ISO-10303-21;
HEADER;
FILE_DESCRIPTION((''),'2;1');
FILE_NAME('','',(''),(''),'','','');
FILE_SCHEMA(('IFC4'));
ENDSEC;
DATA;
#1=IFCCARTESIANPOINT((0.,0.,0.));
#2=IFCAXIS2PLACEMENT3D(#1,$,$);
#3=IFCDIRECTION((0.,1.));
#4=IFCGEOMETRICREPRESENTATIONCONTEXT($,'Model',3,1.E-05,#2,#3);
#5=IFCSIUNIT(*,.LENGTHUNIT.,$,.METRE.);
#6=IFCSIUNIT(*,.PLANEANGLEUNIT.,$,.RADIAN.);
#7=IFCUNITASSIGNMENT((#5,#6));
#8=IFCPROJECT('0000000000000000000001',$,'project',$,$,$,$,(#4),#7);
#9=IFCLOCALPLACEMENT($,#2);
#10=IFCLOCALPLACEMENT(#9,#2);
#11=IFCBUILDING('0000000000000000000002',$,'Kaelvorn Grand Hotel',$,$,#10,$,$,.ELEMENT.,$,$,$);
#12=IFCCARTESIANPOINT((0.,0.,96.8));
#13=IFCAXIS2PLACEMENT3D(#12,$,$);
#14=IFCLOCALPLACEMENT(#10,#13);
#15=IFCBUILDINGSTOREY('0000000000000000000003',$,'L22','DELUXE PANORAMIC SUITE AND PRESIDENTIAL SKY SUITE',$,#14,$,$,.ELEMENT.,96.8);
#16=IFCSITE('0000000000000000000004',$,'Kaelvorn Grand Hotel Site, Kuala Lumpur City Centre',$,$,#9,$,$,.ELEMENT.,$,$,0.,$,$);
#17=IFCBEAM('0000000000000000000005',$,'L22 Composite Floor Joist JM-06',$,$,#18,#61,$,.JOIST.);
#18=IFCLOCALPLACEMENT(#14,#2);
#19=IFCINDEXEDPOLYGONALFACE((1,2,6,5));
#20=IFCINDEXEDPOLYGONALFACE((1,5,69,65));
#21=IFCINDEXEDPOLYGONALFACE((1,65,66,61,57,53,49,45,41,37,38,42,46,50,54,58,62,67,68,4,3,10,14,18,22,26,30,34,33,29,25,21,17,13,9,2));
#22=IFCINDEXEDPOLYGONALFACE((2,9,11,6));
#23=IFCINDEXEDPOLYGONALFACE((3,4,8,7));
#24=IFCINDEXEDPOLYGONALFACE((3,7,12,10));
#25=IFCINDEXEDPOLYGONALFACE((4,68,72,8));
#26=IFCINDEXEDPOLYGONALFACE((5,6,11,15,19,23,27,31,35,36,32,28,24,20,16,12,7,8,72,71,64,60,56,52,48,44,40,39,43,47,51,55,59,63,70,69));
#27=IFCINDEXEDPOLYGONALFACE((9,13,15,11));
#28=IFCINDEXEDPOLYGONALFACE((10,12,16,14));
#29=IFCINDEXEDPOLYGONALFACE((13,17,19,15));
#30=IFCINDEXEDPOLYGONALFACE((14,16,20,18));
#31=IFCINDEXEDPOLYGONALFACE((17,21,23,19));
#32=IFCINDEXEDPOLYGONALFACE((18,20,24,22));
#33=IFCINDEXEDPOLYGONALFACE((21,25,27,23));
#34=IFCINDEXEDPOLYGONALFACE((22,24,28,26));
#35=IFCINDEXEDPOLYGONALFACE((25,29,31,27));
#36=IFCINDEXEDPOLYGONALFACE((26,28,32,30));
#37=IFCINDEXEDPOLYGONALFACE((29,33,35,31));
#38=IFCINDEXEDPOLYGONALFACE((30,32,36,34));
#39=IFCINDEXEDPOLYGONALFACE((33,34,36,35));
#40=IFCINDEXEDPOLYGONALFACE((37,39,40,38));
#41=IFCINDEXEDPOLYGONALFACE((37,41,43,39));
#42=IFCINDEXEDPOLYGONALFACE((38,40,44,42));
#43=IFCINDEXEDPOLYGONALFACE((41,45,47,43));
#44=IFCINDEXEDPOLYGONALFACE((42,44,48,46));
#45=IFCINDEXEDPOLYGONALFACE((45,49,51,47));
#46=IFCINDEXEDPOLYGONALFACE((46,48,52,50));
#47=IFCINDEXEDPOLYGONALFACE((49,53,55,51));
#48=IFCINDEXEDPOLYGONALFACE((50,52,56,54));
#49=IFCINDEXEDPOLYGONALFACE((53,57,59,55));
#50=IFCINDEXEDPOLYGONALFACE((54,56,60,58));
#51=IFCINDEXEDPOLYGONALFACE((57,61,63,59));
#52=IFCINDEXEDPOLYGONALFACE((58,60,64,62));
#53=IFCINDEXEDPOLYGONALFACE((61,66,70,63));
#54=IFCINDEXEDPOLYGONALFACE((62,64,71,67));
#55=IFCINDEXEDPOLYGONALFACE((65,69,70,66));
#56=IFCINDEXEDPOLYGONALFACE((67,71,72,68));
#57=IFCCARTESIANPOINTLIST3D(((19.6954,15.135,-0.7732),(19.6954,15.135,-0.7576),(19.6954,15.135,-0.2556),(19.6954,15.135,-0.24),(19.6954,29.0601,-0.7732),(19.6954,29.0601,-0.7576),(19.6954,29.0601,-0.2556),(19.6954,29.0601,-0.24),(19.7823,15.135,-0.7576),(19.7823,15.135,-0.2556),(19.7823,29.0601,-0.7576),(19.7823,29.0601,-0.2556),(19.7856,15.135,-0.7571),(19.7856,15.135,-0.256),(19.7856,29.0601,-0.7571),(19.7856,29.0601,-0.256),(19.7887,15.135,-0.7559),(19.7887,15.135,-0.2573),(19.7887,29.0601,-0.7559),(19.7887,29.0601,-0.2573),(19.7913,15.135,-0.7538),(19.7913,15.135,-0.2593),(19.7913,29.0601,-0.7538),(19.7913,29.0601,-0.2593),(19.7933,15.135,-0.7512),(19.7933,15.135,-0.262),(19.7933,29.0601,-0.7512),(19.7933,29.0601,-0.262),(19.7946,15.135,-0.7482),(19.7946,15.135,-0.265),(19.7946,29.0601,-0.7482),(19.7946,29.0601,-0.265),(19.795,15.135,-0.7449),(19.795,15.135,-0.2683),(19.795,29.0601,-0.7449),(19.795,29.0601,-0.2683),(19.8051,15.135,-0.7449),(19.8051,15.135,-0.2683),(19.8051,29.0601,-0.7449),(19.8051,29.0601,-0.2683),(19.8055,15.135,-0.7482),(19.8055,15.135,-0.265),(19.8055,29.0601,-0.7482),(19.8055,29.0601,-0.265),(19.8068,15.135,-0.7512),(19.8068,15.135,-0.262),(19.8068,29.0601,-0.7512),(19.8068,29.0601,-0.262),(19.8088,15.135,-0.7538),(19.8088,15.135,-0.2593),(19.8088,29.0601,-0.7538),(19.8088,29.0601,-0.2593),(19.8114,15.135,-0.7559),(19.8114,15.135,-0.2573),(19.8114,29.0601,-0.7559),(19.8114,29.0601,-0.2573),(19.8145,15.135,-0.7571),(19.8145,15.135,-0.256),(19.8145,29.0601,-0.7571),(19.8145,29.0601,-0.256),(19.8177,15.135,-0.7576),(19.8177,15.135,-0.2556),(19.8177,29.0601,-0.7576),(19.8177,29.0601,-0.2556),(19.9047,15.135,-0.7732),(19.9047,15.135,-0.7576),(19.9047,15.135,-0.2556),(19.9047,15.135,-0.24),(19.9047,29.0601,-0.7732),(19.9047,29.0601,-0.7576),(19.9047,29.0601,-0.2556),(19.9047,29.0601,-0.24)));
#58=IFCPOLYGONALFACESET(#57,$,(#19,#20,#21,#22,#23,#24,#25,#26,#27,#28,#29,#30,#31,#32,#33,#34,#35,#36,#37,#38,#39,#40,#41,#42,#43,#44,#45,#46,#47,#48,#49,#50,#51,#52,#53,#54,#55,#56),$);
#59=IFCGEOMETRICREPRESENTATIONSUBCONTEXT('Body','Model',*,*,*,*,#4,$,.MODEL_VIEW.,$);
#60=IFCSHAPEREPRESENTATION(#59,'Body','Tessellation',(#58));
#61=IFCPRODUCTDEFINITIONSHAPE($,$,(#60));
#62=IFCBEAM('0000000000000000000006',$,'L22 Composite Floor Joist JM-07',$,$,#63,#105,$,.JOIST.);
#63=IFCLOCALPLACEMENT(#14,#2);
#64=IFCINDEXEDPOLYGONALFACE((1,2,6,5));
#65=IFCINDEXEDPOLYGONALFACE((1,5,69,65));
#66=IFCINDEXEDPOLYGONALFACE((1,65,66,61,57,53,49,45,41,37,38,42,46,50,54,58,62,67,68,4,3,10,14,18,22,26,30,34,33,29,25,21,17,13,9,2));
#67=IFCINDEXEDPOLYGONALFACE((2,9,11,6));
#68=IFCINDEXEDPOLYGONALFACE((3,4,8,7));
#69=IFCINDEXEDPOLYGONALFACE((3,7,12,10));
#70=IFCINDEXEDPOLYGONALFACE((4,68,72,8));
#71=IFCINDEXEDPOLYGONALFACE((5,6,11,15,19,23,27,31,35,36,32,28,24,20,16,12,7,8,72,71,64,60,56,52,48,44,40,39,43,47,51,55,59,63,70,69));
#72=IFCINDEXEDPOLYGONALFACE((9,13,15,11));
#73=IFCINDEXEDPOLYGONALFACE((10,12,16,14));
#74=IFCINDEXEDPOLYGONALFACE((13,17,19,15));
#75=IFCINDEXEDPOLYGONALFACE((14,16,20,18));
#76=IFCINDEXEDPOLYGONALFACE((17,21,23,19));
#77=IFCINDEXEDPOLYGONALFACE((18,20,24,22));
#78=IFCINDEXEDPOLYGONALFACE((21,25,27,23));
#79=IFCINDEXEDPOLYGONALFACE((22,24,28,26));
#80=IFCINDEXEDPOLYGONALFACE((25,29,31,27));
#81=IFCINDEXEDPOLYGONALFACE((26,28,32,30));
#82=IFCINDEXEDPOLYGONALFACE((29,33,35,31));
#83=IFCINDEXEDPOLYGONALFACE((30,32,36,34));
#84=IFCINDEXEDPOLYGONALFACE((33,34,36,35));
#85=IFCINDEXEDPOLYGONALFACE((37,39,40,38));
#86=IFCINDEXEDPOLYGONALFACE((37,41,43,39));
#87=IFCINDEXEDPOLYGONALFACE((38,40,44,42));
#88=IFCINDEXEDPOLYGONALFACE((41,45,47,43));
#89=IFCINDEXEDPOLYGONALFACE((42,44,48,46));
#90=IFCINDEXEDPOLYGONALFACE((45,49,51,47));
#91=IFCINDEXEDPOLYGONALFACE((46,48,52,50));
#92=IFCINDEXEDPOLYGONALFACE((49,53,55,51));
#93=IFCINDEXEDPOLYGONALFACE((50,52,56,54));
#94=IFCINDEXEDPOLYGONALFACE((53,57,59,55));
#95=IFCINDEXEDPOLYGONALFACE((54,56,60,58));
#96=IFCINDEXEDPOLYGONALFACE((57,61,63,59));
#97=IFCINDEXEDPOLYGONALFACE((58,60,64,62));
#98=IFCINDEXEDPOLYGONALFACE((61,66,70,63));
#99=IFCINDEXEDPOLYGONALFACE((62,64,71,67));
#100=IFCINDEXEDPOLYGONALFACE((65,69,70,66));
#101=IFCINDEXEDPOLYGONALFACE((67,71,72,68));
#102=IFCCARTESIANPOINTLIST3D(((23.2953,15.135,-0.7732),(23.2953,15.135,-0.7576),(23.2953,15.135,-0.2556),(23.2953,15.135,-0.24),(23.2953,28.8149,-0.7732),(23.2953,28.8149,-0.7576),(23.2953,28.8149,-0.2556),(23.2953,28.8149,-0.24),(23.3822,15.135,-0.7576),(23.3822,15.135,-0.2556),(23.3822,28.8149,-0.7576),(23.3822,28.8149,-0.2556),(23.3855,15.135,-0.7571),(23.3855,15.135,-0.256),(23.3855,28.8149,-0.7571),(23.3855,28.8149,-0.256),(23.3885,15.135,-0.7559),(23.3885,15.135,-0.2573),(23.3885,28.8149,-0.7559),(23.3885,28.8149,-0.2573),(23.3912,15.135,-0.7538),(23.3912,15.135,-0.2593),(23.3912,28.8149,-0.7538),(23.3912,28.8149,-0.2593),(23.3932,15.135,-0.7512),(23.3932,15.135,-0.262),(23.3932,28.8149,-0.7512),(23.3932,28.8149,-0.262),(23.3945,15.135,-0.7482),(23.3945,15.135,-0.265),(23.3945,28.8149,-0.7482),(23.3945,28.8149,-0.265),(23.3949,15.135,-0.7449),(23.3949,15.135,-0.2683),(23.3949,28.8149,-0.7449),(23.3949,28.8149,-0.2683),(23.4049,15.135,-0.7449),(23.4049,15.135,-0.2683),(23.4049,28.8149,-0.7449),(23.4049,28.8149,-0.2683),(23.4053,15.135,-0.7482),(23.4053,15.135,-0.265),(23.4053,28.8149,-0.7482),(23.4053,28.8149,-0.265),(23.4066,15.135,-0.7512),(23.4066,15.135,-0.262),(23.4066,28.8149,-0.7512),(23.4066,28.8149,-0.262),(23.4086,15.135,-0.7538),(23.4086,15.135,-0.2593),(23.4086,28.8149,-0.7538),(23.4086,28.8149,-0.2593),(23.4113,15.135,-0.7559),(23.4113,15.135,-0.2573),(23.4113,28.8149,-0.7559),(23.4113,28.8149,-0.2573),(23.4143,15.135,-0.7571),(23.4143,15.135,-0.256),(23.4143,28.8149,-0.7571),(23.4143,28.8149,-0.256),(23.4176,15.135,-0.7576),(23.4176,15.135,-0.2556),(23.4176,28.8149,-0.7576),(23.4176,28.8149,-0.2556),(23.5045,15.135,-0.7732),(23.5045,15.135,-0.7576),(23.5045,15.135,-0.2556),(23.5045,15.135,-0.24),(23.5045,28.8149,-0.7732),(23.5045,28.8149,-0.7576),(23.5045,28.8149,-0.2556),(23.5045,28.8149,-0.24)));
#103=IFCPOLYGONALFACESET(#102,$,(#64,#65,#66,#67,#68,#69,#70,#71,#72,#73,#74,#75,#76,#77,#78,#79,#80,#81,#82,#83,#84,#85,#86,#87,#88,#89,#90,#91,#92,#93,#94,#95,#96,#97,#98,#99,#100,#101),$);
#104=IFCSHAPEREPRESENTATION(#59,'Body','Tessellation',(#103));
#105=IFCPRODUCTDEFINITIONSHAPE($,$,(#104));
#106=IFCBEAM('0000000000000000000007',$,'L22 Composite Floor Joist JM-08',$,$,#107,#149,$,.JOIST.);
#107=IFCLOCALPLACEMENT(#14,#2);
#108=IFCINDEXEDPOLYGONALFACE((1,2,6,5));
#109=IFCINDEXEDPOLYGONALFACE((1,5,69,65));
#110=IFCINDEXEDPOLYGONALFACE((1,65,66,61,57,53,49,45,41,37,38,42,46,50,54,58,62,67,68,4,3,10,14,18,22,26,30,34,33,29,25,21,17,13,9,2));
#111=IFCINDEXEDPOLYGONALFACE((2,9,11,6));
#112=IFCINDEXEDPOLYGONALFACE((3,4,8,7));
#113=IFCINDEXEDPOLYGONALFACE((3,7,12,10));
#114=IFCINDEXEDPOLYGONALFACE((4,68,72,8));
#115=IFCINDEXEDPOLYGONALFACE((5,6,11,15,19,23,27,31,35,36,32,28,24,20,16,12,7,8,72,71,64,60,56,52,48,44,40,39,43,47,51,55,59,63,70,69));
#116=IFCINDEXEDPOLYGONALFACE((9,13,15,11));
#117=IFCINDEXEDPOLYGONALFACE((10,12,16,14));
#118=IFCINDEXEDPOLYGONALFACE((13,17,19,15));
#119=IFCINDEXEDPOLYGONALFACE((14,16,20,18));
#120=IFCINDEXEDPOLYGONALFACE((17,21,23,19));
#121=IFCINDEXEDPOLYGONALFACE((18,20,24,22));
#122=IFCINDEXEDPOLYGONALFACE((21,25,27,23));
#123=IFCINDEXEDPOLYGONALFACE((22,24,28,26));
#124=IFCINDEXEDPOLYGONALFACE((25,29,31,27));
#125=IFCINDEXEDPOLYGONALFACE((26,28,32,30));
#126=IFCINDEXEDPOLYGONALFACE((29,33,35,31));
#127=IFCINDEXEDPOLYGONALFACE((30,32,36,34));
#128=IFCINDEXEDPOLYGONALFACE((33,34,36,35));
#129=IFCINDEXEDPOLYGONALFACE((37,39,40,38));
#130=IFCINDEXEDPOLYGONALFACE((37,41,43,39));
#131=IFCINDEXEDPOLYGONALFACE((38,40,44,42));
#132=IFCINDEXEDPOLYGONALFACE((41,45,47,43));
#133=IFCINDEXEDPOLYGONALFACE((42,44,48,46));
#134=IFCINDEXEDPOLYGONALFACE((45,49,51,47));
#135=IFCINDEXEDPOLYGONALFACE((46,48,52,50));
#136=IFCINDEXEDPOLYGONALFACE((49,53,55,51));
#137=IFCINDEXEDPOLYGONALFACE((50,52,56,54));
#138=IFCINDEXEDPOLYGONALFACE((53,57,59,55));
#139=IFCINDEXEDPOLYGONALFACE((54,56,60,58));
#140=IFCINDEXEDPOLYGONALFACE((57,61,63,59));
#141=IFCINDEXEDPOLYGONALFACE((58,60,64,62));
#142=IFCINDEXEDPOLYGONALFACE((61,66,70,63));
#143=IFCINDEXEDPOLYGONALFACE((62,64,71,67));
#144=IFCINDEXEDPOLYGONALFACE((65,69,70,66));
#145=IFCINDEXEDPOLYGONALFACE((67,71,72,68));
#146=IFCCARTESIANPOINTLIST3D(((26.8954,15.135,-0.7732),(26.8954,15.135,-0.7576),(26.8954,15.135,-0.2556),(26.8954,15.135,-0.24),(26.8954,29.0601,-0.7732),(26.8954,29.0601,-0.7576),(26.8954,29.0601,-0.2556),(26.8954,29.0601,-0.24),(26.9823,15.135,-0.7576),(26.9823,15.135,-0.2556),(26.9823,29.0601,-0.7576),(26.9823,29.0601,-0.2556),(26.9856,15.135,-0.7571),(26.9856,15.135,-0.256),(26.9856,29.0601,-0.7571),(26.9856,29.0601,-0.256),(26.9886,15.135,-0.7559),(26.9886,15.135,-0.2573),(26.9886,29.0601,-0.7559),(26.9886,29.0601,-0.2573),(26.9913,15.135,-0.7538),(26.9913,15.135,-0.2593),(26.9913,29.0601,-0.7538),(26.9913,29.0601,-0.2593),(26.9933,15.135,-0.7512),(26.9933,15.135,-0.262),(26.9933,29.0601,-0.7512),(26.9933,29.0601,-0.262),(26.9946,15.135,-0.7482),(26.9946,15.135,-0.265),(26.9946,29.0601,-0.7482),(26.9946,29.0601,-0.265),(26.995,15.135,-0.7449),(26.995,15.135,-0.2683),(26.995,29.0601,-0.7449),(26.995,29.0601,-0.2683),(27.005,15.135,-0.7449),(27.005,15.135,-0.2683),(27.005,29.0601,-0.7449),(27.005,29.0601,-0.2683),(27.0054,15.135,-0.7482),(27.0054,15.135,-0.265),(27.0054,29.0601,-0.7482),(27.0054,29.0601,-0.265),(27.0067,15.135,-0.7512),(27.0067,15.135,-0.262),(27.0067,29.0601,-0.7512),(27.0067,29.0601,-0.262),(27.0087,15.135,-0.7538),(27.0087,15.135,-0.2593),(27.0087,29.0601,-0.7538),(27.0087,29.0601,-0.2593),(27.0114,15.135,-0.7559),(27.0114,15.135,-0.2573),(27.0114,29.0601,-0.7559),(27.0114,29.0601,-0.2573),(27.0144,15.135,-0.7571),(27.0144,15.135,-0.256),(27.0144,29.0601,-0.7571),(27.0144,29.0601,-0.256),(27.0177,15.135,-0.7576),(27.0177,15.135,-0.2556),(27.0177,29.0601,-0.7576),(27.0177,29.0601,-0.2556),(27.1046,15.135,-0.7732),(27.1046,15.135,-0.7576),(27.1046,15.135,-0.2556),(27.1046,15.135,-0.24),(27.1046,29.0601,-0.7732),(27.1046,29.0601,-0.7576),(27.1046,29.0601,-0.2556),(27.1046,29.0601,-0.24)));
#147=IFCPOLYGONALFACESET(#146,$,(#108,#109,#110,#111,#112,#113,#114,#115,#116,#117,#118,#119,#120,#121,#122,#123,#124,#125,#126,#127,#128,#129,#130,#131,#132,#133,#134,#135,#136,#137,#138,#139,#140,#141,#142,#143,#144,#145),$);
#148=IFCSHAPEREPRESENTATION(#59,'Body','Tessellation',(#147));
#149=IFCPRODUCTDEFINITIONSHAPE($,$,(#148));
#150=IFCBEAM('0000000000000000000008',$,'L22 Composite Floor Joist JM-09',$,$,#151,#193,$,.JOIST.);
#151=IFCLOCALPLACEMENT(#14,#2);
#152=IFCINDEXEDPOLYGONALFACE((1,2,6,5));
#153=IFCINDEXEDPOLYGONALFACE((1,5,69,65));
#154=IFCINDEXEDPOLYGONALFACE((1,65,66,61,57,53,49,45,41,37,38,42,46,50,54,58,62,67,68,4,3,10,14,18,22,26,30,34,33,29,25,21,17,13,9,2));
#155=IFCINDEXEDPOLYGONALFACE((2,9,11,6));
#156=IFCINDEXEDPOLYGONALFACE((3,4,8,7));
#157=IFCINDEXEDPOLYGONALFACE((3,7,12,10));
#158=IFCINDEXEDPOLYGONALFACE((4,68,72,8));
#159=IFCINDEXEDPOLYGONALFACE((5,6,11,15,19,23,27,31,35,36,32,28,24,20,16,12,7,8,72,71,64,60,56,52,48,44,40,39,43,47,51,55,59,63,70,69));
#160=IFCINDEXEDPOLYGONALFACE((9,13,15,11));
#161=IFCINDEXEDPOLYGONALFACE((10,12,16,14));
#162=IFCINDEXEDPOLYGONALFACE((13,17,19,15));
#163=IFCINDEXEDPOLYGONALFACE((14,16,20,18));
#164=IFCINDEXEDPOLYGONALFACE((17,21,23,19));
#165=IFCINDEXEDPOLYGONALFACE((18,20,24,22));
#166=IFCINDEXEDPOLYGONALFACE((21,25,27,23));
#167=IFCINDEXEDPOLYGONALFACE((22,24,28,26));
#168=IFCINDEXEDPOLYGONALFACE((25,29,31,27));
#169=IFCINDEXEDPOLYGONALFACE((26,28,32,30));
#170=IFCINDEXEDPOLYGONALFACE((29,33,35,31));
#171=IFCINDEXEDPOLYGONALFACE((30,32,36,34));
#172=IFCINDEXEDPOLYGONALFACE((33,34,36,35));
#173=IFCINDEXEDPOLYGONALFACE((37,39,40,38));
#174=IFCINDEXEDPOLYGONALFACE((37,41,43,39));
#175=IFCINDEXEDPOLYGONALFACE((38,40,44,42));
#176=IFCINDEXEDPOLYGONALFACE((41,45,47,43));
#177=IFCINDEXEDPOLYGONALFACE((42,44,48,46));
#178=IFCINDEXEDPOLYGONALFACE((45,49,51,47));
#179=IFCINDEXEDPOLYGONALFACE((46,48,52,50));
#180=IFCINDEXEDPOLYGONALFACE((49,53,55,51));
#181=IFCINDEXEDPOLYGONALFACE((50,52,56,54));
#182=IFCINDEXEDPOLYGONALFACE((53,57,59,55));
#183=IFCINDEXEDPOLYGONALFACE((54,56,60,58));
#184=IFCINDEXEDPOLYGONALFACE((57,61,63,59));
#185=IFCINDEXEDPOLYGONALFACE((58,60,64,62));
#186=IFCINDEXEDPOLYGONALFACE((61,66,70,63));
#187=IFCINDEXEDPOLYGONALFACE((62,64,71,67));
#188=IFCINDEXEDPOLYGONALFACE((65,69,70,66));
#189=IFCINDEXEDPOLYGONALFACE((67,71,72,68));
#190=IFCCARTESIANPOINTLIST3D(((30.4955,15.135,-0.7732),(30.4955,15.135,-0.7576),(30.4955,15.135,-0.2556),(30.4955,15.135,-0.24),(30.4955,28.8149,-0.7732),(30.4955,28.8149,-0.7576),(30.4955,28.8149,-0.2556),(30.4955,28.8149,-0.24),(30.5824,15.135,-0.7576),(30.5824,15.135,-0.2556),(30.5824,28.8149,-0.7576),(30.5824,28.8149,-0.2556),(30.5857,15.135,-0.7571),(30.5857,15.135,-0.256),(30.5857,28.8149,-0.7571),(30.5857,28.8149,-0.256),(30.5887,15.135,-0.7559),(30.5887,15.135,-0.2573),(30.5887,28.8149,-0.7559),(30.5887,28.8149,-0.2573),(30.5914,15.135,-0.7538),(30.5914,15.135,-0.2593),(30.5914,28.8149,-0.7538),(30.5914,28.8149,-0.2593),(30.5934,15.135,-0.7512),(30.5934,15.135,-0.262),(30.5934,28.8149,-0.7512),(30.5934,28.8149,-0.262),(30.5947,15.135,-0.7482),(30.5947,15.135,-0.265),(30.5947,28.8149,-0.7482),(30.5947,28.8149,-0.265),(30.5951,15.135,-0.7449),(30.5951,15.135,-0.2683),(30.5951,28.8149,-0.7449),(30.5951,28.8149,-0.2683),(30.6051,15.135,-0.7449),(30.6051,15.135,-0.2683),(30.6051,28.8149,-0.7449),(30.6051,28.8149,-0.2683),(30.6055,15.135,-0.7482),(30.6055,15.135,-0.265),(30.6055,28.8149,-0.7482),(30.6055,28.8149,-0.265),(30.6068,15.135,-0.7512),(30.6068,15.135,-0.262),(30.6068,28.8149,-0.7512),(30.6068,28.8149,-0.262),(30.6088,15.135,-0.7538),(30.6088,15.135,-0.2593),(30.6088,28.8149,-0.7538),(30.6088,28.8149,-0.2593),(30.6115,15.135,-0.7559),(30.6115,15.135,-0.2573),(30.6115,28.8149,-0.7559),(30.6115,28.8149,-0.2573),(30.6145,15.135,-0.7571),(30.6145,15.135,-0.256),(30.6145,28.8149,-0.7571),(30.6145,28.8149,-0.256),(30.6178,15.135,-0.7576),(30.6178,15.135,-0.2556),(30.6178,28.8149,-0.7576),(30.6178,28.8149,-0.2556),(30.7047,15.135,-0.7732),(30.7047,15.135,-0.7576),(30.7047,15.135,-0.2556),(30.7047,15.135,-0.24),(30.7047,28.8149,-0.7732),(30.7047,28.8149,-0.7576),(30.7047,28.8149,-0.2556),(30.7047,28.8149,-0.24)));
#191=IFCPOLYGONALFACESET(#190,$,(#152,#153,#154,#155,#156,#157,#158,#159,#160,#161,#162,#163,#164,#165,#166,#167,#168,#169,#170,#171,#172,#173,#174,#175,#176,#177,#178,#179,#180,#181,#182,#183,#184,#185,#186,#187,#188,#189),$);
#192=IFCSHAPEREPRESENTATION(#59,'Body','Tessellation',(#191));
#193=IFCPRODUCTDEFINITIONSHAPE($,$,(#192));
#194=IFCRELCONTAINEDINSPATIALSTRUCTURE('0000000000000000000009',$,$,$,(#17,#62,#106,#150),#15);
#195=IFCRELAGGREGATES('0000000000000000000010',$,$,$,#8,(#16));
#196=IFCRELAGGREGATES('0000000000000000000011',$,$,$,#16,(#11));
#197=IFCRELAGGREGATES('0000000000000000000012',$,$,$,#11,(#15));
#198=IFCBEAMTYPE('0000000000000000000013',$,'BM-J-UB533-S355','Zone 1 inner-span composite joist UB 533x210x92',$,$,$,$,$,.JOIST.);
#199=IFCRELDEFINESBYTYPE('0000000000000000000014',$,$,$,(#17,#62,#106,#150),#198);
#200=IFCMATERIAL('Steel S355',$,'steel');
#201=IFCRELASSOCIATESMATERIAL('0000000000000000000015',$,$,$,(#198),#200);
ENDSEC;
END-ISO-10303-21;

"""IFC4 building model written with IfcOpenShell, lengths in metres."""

from ifc_helpers import new_model, si_unit, direction, frame, origin, origin_2d, place, context, subcontext, project, spatial, i_section, extrude, material, material_profile, profile_set, type_object, element, save


model = new_model("IFC4")

# Units and contexts
model_context = context("Model", 3, precision=1e-05, world=origin(), true_north=direction((0.0, 1.0)))
body_context = subcontext(model_context, "Body", "Model", "MODEL_VIEW")
ifc_project = project(units=[si_unit("LENGTHUNIT", "METRE"), si_unit("PLANEANGLEUNIT", "RADIAN")], contexts=[model_context])

# Site, building, storey
site_placement = place(None, origin())
site = spatial("IfcSite", under=ifc_project, at=site_placement, Name="Kaelvorn Grand Hotel Site, Kuala Lumpur City Centre", CompositionType="ELEMENT", RefElevation=0.0)
building_placement = place(site_placement, origin())
building = spatial("IfcBuilding", under=site, at=building_placement, Name="Kaelvorn Grand Hotel", CompositionType="ELEMENT")
storey_placement = place(building_placement, frame((0.0, 0.0, 96.8)))
storey = spatial("IfcBuildingStorey", under=building, at=storey_placement, Name="L22", Description="DELUXE PANORAMIC SUITE AND PRESIDENTIAL SKY SUITE", CompositionType="ELEMENT", Elevation=96.8)

# Beams
ifc_material_1 = material(Name="Steel S355", Category="steel")
ifc_material_profile_1 = material_profile(ifc_material_1, i_section(OverallWidth=0.2092, OverallDepth=0.5332, WebThickness=0.01, FlangeThickness=0.0156, FilletRadius=0.0127, at=origin_2d()), Name="UB 533x210x92")
ifc_profile_set_1 = profile_set([ifc_material_profile_1], Name="Steel S355")
beam_type_1 = type_object("IfcBeamType", Name="BM-J-UB533-S355", Description="Zone 1 inner-span composite joist UB 533x210x92", PredefinedType="JOIST", material=ifc_profile_set_1)
beam_1_placement = place(storey_placement, frame((19.8, 15.135, -0.5066), z_axis=(0.0, 1.0, 0.0), x_axis=(-1.0, 0.0, 0.0)))
element("IfcBeam", 1, at=beam_1_placement, inside=storey, type_object=beam_type_1, Name="L22 Composite Floor Joist JM-06", PredefinedType="JOIST", context=body_context, shape_type="SweptSolid", body=[
    extrude(i_section(OverallWidth=0.2092, OverallDepth=0.5332, WebThickness=0.01, FlangeThickness=0.0156, FilletRadius=0.0127, at=origin_2d()), origin(), (0.0, 0.0, 1.0), 13.925),
])
beam_2_placement = place(storey_placement, frame((23.3999, 15.135, -0.5066), z_axis=(0.0, 1.0, 0.0), x_axis=(-1.0, 0.0, 0.0)))
element("IfcBeam", 2, at=beam_2_placement, inside=storey, type_object=beam_type_1, Name="L22 Composite Floor Joist JM-07", PredefinedType="JOIST", context=body_context, shape_type="SweptSolid", body=[
    extrude(i_section(OverallWidth=0.2092, OverallDepth=0.5332, WebThickness=0.01, FlangeThickness=0.0156, FilletRadius=0.0127, at=origin_2d()), origin(), (0.0, 0.0, 1.0), 13.6799),
])
beam_3_placement = place(storey_placement, frame((27.0, 15.135, -0.5066), z_axis=(0.0, 1.0, 0.0), x_axis=(-1.0, 0.0, 0.0)))
element("IfcBeam", 3, at=beam_3_placement, inside=storey, type_object=beam_type_1, Name="L22 Composite Floor Joist JM-08", PredefinedType="JOIST", context=body_context, shape_type="SweptSolid", body=[
    extrude(i_section(OverallWidth=0.2092, OverallDepth=0.5332, WebThickness=0.01, FlangeThickness=0.0156, FilletRadius=0.0127, at=origin_2d()), origin(), (0.0, 0.0, 1.0), 13.925),
])
beam_4_placement = place(storey_placement, frame((30.6001, 15.135, -0.5066), z_axis=(0.0, 1.0, 0.0), x_axis=(-1.0, 0.0, 0.0)))
element("IfcBeam", 4, at=beam_4_placement, inside=storey, type_object=beam_type_1, Name="L22 Composite Floor Joist JM-09", PredefinedType="JOIST", context=body_context, shape_type="SweptSolid", body=[
    extrude(i_section(OverallWidth=0.2092, OverallDepth=0.5332, WebThickness=0.01, FlangeThickness=0.0156, FilletRadius=0.0127, at=origin_2d()), origin(), (0.0, 0.0, 1.0), 13.6799),
])

save(model, "model.ifc")
